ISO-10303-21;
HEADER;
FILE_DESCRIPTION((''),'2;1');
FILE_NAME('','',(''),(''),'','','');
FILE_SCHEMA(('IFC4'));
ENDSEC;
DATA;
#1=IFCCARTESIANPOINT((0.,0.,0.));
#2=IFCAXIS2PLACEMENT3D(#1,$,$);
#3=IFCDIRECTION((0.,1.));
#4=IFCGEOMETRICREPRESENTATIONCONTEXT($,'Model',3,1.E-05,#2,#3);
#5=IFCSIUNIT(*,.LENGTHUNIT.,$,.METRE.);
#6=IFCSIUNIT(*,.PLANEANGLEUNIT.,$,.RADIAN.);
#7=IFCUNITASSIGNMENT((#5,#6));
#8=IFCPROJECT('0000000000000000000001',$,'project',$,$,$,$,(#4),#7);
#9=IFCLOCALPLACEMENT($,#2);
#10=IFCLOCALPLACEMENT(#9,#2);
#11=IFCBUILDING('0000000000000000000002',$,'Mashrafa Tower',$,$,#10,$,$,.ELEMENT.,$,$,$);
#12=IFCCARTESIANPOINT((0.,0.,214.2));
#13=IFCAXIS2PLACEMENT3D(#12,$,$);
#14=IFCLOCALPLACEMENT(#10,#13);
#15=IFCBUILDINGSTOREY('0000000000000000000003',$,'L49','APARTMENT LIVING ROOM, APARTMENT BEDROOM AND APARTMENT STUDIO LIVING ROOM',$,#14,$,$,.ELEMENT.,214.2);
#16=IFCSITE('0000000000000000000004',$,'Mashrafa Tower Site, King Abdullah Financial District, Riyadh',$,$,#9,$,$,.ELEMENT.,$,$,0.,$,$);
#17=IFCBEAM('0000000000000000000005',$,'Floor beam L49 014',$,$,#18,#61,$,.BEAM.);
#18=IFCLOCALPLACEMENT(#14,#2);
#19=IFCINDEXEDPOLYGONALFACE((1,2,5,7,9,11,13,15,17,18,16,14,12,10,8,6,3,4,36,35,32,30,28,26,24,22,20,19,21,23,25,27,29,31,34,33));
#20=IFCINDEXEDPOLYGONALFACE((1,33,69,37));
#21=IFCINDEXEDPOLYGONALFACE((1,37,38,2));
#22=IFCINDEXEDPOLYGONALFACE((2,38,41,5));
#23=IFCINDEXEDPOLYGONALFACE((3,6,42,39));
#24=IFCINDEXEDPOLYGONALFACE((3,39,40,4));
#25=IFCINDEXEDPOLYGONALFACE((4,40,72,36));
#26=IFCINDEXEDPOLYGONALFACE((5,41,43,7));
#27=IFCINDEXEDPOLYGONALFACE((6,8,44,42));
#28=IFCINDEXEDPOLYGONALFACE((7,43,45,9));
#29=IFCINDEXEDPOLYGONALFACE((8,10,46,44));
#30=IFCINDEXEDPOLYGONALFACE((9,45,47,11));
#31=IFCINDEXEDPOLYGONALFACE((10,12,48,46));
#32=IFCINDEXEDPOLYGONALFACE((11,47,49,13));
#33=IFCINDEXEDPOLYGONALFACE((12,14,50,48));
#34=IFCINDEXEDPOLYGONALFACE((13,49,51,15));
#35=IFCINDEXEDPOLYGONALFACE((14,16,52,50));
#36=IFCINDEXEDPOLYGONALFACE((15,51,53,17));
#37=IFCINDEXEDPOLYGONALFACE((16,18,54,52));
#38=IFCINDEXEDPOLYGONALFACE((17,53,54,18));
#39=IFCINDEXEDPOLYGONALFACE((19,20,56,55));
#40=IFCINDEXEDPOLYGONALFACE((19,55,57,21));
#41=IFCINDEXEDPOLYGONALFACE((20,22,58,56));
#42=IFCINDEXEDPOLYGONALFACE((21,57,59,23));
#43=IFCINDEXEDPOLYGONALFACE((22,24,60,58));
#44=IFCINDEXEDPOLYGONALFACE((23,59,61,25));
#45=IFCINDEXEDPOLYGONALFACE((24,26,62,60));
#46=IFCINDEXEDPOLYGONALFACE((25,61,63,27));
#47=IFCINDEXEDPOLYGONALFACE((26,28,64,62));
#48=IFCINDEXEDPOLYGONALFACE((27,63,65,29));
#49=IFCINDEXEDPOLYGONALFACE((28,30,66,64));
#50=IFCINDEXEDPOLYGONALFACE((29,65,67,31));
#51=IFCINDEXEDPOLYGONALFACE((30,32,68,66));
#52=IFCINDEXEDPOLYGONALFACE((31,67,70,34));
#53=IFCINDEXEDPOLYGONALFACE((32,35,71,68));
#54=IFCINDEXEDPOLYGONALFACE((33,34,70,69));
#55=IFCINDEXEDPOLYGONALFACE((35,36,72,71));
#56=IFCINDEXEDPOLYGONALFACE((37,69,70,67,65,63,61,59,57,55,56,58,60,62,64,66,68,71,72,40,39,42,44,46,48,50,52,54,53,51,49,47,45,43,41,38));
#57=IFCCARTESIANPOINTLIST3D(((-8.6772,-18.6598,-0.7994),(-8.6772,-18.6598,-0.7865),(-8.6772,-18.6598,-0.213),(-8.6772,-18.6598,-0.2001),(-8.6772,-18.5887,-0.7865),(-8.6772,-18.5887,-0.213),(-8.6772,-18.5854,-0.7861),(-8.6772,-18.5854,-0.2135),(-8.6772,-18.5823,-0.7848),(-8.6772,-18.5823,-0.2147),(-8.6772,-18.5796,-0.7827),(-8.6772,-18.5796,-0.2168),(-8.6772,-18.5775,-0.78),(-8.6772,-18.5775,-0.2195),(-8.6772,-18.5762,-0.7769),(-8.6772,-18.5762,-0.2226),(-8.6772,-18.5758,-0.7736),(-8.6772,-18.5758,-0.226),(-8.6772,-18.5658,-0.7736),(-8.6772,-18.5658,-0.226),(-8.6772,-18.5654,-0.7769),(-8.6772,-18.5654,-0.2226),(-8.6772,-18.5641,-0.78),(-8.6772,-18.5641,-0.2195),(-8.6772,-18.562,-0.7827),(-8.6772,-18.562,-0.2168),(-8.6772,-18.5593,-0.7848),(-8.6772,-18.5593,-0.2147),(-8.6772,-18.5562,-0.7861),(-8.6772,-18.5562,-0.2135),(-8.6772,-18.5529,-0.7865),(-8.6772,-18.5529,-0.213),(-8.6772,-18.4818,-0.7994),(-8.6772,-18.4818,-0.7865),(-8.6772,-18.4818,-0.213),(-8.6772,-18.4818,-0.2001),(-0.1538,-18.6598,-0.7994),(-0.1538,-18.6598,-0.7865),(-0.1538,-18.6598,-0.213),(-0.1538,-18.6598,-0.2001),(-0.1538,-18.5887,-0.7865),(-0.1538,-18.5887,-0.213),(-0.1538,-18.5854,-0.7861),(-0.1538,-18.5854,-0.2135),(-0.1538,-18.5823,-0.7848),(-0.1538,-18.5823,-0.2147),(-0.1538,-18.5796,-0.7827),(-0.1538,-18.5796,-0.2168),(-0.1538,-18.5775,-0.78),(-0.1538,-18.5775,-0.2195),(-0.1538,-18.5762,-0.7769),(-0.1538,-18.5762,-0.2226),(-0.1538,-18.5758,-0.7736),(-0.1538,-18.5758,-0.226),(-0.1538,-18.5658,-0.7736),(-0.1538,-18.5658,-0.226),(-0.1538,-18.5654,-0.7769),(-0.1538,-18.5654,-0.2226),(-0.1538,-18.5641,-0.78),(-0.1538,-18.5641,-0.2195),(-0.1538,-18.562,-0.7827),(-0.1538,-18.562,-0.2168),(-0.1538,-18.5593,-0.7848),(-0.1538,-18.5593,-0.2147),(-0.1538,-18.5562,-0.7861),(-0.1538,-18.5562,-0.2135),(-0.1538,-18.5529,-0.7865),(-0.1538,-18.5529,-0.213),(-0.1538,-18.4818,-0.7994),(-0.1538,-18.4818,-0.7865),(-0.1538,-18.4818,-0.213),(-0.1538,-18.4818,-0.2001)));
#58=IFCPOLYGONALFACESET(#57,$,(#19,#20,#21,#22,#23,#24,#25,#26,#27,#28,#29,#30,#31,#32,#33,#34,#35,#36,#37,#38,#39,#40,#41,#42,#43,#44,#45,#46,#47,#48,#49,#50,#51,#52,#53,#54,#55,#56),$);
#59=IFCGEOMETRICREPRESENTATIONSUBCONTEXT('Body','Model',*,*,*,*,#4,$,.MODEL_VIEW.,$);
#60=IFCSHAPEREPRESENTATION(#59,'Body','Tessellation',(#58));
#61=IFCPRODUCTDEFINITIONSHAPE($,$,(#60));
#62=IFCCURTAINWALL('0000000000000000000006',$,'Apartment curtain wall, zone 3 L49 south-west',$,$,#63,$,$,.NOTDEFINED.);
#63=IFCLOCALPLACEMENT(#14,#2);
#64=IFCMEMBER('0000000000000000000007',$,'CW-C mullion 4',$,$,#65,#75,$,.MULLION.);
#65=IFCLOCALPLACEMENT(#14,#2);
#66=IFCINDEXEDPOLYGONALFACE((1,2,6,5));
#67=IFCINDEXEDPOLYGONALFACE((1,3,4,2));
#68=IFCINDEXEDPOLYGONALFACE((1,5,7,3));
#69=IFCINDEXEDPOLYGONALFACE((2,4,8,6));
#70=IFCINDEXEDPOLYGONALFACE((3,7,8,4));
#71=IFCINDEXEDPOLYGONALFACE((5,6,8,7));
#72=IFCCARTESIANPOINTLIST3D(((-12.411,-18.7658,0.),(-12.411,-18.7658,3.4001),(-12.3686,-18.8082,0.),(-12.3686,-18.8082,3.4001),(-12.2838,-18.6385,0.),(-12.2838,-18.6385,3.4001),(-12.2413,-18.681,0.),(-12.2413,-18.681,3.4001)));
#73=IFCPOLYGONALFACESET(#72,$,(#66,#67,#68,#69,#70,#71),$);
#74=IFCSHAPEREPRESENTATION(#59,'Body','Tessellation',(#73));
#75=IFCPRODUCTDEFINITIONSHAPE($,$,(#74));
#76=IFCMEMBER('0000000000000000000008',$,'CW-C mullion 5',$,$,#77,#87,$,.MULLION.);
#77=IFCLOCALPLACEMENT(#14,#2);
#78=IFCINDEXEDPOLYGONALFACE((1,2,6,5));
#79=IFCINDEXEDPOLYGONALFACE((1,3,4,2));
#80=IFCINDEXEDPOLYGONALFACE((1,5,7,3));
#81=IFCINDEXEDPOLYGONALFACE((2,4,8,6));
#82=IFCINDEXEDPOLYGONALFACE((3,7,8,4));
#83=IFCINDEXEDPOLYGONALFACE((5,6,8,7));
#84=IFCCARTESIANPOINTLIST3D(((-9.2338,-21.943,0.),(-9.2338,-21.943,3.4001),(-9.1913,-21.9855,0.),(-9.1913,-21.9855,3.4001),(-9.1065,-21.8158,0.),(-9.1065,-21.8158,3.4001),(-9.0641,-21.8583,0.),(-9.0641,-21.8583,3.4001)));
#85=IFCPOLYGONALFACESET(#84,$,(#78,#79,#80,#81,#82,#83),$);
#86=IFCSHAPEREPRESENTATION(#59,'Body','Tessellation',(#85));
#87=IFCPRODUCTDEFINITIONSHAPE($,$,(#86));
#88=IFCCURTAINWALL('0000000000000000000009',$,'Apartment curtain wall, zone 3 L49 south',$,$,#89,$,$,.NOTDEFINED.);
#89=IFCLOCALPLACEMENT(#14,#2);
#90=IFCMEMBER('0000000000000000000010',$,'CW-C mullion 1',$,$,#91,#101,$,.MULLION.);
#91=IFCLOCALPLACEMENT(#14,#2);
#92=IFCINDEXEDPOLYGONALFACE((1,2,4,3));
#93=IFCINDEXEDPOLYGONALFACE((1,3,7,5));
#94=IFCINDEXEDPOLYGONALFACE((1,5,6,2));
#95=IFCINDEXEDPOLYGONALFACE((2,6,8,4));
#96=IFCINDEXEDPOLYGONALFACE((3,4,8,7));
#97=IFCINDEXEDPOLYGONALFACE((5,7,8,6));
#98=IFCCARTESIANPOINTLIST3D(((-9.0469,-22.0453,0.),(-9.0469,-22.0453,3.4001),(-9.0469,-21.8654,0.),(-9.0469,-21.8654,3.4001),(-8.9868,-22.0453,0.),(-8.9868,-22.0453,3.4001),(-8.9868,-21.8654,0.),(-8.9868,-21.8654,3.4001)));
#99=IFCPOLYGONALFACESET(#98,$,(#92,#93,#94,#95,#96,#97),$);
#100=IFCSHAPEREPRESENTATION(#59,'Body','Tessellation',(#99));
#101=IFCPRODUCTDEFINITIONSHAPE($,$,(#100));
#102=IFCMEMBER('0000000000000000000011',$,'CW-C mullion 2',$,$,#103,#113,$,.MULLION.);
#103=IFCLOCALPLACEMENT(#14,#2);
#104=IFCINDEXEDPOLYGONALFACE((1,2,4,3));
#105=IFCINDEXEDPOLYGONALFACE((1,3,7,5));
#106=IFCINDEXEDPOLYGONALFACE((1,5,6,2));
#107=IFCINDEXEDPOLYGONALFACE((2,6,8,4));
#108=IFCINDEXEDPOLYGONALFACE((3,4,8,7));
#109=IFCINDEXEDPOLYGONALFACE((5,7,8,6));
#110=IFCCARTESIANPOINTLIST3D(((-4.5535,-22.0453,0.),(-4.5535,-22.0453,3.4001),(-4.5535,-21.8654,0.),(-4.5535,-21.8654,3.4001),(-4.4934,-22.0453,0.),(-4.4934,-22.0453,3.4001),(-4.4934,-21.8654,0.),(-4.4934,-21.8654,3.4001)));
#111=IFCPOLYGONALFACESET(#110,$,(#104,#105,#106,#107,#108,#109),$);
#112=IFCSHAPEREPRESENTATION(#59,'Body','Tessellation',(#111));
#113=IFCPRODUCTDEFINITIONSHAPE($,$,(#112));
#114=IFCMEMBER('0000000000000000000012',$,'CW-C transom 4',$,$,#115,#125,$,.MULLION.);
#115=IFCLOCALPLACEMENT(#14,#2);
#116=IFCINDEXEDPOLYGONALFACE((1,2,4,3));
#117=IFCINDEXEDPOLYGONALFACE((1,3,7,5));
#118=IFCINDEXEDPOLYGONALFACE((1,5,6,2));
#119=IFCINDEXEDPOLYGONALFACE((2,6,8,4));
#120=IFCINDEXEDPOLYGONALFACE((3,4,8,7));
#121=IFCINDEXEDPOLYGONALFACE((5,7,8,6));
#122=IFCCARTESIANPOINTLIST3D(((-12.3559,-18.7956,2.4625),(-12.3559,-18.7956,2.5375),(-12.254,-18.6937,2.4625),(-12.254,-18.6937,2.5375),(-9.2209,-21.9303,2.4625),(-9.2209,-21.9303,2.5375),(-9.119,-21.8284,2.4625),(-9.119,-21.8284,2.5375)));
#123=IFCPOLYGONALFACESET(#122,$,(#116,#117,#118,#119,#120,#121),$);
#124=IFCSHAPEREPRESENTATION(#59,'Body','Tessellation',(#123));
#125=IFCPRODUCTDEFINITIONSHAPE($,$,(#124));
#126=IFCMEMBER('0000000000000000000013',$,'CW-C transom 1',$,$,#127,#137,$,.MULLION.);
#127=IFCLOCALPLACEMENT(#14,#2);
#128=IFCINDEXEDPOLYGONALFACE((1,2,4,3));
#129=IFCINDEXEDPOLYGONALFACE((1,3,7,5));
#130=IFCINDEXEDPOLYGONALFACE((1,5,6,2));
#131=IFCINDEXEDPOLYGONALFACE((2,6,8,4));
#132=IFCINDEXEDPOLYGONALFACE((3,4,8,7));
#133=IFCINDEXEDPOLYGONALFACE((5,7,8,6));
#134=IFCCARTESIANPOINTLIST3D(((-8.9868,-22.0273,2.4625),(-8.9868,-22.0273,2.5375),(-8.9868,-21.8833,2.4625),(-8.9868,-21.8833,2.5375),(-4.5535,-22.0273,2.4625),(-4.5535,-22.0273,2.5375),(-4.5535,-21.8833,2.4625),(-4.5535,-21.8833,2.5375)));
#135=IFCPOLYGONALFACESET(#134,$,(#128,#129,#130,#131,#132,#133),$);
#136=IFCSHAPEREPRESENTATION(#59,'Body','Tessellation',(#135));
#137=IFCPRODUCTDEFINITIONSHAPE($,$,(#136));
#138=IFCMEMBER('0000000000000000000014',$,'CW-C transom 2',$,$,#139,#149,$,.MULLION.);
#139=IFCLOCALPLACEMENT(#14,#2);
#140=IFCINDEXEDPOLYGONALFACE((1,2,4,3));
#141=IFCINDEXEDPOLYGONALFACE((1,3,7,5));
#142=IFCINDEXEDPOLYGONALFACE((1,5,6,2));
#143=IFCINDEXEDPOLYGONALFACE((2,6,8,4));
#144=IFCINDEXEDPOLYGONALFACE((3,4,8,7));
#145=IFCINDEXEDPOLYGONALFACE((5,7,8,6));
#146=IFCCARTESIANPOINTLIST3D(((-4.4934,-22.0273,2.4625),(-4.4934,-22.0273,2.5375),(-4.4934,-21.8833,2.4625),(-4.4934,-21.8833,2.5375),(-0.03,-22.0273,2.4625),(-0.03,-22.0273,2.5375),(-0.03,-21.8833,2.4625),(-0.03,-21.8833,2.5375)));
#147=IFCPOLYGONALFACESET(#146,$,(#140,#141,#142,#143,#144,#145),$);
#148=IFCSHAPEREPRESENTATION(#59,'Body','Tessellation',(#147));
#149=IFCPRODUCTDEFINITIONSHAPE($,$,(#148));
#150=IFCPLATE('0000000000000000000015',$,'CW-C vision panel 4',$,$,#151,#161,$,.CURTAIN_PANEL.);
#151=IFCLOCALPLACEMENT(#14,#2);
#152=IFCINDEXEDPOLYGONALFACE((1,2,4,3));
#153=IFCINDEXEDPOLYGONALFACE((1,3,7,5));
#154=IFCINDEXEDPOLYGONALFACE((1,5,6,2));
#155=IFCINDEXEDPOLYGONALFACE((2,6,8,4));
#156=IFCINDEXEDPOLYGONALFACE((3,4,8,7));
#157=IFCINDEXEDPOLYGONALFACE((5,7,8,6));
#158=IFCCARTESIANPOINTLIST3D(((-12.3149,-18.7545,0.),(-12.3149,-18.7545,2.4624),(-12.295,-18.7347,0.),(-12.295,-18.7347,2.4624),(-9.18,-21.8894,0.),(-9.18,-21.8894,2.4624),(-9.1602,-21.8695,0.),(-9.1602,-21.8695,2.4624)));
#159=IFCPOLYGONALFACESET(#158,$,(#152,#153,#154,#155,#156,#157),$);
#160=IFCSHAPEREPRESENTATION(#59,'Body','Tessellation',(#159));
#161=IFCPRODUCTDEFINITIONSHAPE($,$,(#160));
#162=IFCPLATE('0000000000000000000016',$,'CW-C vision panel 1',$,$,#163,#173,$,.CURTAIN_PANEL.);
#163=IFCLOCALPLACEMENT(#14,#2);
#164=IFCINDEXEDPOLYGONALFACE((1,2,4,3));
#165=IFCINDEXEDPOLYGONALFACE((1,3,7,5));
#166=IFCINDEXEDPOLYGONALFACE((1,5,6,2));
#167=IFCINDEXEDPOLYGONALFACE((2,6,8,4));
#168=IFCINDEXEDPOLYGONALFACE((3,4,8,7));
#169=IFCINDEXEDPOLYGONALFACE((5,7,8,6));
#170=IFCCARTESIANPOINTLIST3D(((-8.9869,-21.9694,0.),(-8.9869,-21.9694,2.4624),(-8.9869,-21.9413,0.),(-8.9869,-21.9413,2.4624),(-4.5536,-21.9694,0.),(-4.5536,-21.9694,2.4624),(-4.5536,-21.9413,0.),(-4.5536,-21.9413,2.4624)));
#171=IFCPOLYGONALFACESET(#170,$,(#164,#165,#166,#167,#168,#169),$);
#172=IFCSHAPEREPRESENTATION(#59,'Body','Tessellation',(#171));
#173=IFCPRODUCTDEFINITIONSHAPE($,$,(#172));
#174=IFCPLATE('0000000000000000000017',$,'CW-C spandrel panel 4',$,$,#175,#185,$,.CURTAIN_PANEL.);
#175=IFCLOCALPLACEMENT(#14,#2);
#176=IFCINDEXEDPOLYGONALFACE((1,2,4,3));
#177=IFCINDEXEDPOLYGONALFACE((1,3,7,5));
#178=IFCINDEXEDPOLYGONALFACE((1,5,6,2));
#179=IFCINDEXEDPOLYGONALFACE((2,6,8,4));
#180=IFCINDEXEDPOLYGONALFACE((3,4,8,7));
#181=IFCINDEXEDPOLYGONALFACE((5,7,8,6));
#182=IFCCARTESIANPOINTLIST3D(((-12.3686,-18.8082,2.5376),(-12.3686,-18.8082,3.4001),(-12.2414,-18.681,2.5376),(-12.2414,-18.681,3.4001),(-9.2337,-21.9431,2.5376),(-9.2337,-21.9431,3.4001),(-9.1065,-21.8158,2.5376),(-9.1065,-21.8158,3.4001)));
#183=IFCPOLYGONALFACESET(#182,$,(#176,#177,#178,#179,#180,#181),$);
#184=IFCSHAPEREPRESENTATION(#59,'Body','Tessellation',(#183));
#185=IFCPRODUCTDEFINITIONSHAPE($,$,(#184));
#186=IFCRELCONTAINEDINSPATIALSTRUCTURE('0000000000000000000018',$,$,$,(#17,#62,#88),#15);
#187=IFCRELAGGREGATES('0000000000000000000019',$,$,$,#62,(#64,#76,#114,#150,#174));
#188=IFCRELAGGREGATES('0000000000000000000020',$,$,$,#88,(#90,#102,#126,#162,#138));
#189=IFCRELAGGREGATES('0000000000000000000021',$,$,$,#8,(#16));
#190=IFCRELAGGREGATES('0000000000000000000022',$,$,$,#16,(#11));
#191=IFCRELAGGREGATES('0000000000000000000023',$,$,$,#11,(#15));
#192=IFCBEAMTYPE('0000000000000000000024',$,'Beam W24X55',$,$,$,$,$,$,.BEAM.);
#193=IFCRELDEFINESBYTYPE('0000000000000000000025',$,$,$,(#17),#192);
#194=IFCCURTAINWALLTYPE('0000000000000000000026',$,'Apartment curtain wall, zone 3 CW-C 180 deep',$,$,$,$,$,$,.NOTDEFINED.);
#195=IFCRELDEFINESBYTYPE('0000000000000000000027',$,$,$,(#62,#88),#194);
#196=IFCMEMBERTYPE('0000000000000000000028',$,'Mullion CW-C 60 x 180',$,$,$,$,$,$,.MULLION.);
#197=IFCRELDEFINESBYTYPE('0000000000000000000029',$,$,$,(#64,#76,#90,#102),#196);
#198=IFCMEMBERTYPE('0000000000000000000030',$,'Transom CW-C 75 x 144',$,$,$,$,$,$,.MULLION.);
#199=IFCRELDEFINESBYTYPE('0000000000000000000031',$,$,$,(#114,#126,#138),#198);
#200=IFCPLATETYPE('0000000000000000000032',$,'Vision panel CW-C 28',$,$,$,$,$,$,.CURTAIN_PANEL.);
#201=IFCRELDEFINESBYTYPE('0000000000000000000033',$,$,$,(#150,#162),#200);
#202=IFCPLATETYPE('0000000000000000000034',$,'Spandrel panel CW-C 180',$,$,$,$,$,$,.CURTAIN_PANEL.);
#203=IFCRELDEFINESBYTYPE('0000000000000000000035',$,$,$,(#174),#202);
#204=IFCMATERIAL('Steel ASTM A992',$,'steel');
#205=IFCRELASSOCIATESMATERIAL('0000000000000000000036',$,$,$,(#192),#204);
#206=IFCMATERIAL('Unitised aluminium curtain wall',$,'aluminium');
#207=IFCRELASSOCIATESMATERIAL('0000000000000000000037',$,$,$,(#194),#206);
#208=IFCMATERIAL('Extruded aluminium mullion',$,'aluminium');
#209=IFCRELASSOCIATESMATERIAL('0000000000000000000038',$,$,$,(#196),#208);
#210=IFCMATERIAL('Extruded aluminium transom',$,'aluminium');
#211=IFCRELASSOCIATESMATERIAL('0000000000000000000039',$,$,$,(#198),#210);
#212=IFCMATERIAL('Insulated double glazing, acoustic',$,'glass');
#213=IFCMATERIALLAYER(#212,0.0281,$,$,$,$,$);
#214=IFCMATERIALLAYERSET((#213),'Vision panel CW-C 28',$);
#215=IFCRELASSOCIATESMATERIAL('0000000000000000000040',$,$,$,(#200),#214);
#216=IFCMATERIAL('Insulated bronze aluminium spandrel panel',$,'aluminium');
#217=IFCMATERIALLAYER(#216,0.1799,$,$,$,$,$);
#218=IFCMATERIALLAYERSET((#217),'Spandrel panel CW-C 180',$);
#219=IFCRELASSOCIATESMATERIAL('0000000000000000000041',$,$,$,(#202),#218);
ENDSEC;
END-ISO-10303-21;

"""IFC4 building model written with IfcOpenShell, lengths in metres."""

from ifc_helpers import new_model, si_unit, direction, frame, origin, origin_2d, place, context, subcontext, project, spatial, rectangle, i_section, extrude, source, transform, mapped, material, layer, layer_set, material_profile, profile_set, type_object, type_shapes, element, aggregate, save


model = new_model("IFC4")

# Units and contexts
model_context = context("Model", 3, precision=1e-05, world=origin(), true_north=direction((0.0, 1.0)))
body_context = subcontext(model_context, "Body", "Model", "MODEL_VIEW")
ifc_project = project(units=[si_unit("LENGTHUNIT", "METRE"), si_unit("PLANEANGLEUNIT", "RADIAN")], contexts=[model_context])

# Site, building, storey
site_placement = place(None, origin())
site = spatial("IfcSite", under=ifc_project, at=site_placement, Name="Mashrafa Tower Site, King Abdullah Financial District, Riyadh", CompositionType="ELEMENT", RefElevation=0.0)
building_placement = place(site_placement, origin())
building = spatial("IfcBuilding", under=site, at=building_placement, Name="Mashrafa Tower", CompositionType="ELEMENT")
storey_placement = place(building_placement, frame((0.0, 0.0, 214.2)))
storey = spatial("IfcBuildingStorey", under=building, at=storey_placement, Name="L49", Description="APARTMENT LIVING ROOM, APARTMENT BEDROOM AND APARTMENT STUDIO LIVING ROOM", CompositionType="ELEMENT", Elevation=214.2)

# Beam
ifc_material_1 = material(Name="Steel ASTM A992", Category="steel")
ifc_material_profile_1 = material_profile(ifc_material_1, i_section(OverallWidth=0.178, OverallDepth=0.5994, WebThickness=0.01, FlangeThickness=0.0129, FilletRadius=0.0129, at=origin_2d()), Name="W24X55")
ifc_profile_set_1 = profile_set([ifc_material_profile_1], Name="Steel ASTM A992")
beam_type_1 = type_object("IfcBeamType", Name="Beam W24X55", PredefinedType="BEAM", material=ifc_profile_set_1)
beam_1_placement = place(storey_placement, frame((-0.1538, -18.5708, -0.4998), z_axis=(-1.0, 0.0, 0.0), x_axis=(0.0, -1.0, 0.0)))
element("IfcBeam", 1, at=beam_1_placement, inside=storey, type_object=beam_type_1, Name="Floor beam L49 014", PredefinedType="BEAM", context=body_context, shape_type="SweptSolid", body=[
    extrude(i_section(OverallWidth=0.178, OverallDepth=0.5994, WebThickness=0.01, FlangeThickness=0.0129, FilletRadius=0.0129, at=origin_2d()), origin(), (0.0, 0.0, 1.0), 8.5234),
])

# Curtain walls, members
ifc_material_2 = material(Name="Unitised aluminium curtain wall", Category="aluminium")
curtain_wall_type = type_object("IfcCurtainWallType", Name="Apartment curtain wall, zone 3 CW-C 180 deep", PredefinedType="NOTDEFINED", material=ifc_material_2)
curtain_wall_1_placement = place(storey_placement, origin())
curtain_wall_1 = element("IfcCurtainWall", 2, at=curtain_wall_1_placement, inside=storey, type_object=curtain_wall_type, Name="Apartment curtain wall, zone 3 L49 south-west", PredefinedType="NOTDEFINED")
ifc_material_3 = material(Name="Extruded aluminium mullion", Category="aluminium")
ifc_material_profile_2 = material_profile(ifc_material_3, rectangle(XDim=0.1799, YDim=0.0601, at=origin_2d()), Name="Mullion 60x180")
ifc_profile_set_2 = profile_set([ifc_material_profile_2], Name="Extruded aluminium mullion")
member_type_1 = type_object("IfcMemberType", Name="Mullion CW-C 60 x 180", PredefinedType="MULLION", material=ifc_profile_set_2)
shared_shape_1 = source(origin(), body_context, "Body", "SweptSolid", [
    extrude(rectangle(XDim=0.1799, YDim=0.0601, at=origin_2d()), origin(), (0.0, 0.0, 1.0), 3.4001),
])
type_shapes(member_type_1, [shared_shape_1])
member_1_placement = place(storey_placement, frame((-12.3262, -18.7234, 0.0), z_axis=(0.0, 0.0, 1.0), x_axis=(0.707107, 0.707107, 0.0)))
member_1 = element("IfcMember", 3, at=member_1_placement, type_object=member_type_1, Name="CW-C mullion 4", PredefinedType="MULLION", context=body_context, shape_type="MappedRepresentation", body=[
    mapped(shared_shape_1, transform((0.0, 0.0, 0.0))),
])
member_2_placement = place(storey_placement, frame((-9.1489, -21.9006, 0.0), z_axis=(0.0, 0.0, 1.0), x_axis=(0.707107, 0.707107, 0.0)))
member_2 = element("IfcMember", 4, at=member_2_placement, type_object=member_type_1, Name="CW-C mullion 5", PredefinedType="MULLION", context=body_context, shape_type="MappedRepresentation", body=[
    mapped(shared_shape_1, transform((0.0, 0.0, 0.0))),
])
curtain_wall_2_placement = place(storey_placement, origin())
curtain_wall_2 = element("IfcCurtainWall", 5, at=curtain_wall_2_placement, inside=storey, type_object=curtain_wall_type, Name="Apartment curtain wall, zone 3 L49 south", PredefinedType="NOTDEFINED")
member_3_placement = place(storey_placement, frame((-9.0168, -21.9553, 0.0), z_axis=(0.0, 0.0, 1.0), x_axis=(0.0, 1.0, 0.0)))
member_3 = element("IfcMember", 6, at=member_3_placement, type_object=member_type_1, Name="CW-C mullion 1", PredefinedType="MULLION", context=body_context, shape_type="MappedRepresentation", body=[
    mapped(shared_shape_1, transform((0.0, 0.0, 0.0))),
])
member_4_placement = place(storey_placement, frame((-4.5234, -21.9553, 0.0), z_axis=(0.0, 0.0, 1.0), x_axis=(0.0, 1.0, 0.0)))
member_4 = element("IfcMember", 7, at=member_4_placement, type_object=member_type_1, Name="CW-C mullion 2", PredefinedType="MULLION", context=body_context, shape_type="MappedRepresentation", body=[
    mapped(shared_shape_1, transform((0.0, 0.0, 0.0))),
])

# Members
ifc_material_4 = material(Name="Extruded aluminium transom", Category="aluminium")
ifc_material_profile_3 = material_profile(ifc_material_4, rectangle(XDim=0.144, YDim=0.075, at=origin_2d()), Name="Transom 75x144")
ifc_profile_set_3 = profile_set([ifc_material_profile_3], Name="Extruded aluminium transom")
member_type_2 = type_object("IfcMemberType", Name="Transom CW-C 75 x 144", PredefinedType="MULLION", material=ifc_profile_set_3)
shared_shape_2 = source(origin(), body_context, "Body", "SweptSolid", [
    extrude(rectangle(XDim=0.144, YDim=0.075, at=origin_2d()), origin(), (0.0, 0.0, 1.0), 4.4333),
])
member_5_placement = place(storey_placement, frame((-12.3049, -18.7446, 2.5), z_axis=(0.707134, -0.707079, 0.0), x_axis=(0.707079, 0.707134, 0.0)))
member_5 = element("IfcMember", 8, at=member_5_placement, type_object=member_type_2, Name="CW-C transom 4", PredefinedType="MULLION", context=body_context, shape_type="MappedRepresentation", body=[
    mapped(shared_shape_2, transform((0.0, 0.0, 0.0))),
])
member_6_placement = place(storey_placement, frame((-8.9868, -21.9553, 2.5), z_axis=(1.0, 0.0, 0.0), x_axis=(0.0, 1.0, 0.0)))
member_6 = element("IfcMember", 9, at=member_6_placement, type_object=member_type_2, Name="CW-C transom 1", PredefinedType="MULLION", context=body_context, shape_type="MappedRepresentation", body=[
    mapped(shared_shape_2, transform((0.0, 0.0, 0.0))),
])
shared_shape_3 = source(origin(), body_context, "Body", "SweptSolid", [
    extrude(rectangle(XDim=0.144, YDim=0.075, at=origin_2d()), origin(), (0.0, 0.0, 1.0), 4.4634),
])
type_shapes(member_type_2, [shared_shape_2, shared_shape_3])
member_7_placement = place(storey_placement, frame((-4.4934, -21.9553, 2.5), z_axis=(1.0, 0.0, 0.0), x_axis=(0.0, 1.0, 0.0)))
member_7 = element("IfcMember", 10, at=member_7_placement, type_object=member_type_2, Name="CW-C transom 2", PredefinedType="MULLION", context=body_context, shape_type="MappedRepresentation", body=[
    mapped(shared_shape_3, transform((0.0, 0.0, 0.0))),
])

# Plates
ifc_material_5 = material(Name="Insulated double glazing, acoustic", Category="glass")
ifc_layer_1 = layer(ifc_material_5, 0.0281)
ifc_layer_set_1 = layer_set([ifc_layer_1], Name="Vision panel CW-C 28")
plate_type_1 = type_object("IfcPlateType", Name="Vision panel CW-C 28", PredefinedType="CURTAIN_PANEL", material=ifc_layer_set_1)
shared_shape_4 = source(origin(), body_context, "Body", "SweptSolid", [
    extrude(rectangle(XDim=4.4333, YDim=0.0281, at=origin_2d()), origin(), (0.0, 0.0, 1.0), 2.4624),
])
plate_1_placement = place(storey_placement, frame((-10.7375, -20.312, 0.0), z_axis=(0.0, 0.0, 1.0), x_axis=(0.707107, -0.707107, 0.0)))
plate_1 = element("IfcPlate", 11, at=plate_1_placement, type_object=plate_type_1, Name="CW-C vision panel 4", PredefinedType="CURTAIN_PANEL", context=body_context, shape_type="MappedRepresentation", body=[
    mapped(shared_shape_4, transform((0.0, 0.0, 0.0))),
])
plate_2_placement = place(storey_placement, frame((-6.7703, -21.9553, 0.0), z_axis=(0.0, 0.0, 1.0), x_axis=(1.0, 0.0, 0.0)))
plate_2 = element("IfcPlate", 12, at=plate_2_placement, type_object=plate_type_1, Name="CW-C vision panel 1", PredefinedType="CURTAIN_PANEL", context=body_context, shape_type="MappedRepresentation", body=[
    mapped(shared_shape_4, transform((0.0, 0.0, 0.0))),
])
ifc_material_6 = material(Name="Insulated bronze aluminium spandrel panel", Category="aluminium")
ifc_layer_2 = layer(ifc_material_6, 0.1799)
ifc_layer_set_2 = layer_set([ifc_layer_2], Name="Spandrel panel CW-C 180")
plate_type_2 = type_object("IfcPlateType", Name="Spandrel panel CW-C 180", PredefinedType="CURTAIN_PANEL", material=ifc_layer_set_2)
shared_shape_5 = source(origin(), body_context, "Body", "SweptSolid", [
    extrude(rectangle(XDim=4.4333, YDim=0.1799, at=origin_2d()), origin(), (0.0, 0.0, 1.0), 0.8625),
])
plate_3_placement = place(storey_placement, frame((-10.7375, -20.312, 2.5376), z_axis=(0.0, 0.0, 1.0), x_axis=(0.707107, -0.707107, 0.0)))
plate_3 = element("IfcPlate", 13, at=plate_3_placement, type_object=plate_type_2, Name="CW-C spandrel panel 4", PredefinedType="CURTAIN_PANEL", context=body_context, shape_type="MappedRepresentation", body=[
    mapped(shared_shape_5, transform((0.0, 0.0, 0.0))),
])
aggregate(curtain_wall_1, [member_1, member_2, member_5, plate_1, plate_3])
aggregate(curtain_wall_2, [member_3, member_4, member_6, plate_2, member_7])

save(model, "model.ifc")
